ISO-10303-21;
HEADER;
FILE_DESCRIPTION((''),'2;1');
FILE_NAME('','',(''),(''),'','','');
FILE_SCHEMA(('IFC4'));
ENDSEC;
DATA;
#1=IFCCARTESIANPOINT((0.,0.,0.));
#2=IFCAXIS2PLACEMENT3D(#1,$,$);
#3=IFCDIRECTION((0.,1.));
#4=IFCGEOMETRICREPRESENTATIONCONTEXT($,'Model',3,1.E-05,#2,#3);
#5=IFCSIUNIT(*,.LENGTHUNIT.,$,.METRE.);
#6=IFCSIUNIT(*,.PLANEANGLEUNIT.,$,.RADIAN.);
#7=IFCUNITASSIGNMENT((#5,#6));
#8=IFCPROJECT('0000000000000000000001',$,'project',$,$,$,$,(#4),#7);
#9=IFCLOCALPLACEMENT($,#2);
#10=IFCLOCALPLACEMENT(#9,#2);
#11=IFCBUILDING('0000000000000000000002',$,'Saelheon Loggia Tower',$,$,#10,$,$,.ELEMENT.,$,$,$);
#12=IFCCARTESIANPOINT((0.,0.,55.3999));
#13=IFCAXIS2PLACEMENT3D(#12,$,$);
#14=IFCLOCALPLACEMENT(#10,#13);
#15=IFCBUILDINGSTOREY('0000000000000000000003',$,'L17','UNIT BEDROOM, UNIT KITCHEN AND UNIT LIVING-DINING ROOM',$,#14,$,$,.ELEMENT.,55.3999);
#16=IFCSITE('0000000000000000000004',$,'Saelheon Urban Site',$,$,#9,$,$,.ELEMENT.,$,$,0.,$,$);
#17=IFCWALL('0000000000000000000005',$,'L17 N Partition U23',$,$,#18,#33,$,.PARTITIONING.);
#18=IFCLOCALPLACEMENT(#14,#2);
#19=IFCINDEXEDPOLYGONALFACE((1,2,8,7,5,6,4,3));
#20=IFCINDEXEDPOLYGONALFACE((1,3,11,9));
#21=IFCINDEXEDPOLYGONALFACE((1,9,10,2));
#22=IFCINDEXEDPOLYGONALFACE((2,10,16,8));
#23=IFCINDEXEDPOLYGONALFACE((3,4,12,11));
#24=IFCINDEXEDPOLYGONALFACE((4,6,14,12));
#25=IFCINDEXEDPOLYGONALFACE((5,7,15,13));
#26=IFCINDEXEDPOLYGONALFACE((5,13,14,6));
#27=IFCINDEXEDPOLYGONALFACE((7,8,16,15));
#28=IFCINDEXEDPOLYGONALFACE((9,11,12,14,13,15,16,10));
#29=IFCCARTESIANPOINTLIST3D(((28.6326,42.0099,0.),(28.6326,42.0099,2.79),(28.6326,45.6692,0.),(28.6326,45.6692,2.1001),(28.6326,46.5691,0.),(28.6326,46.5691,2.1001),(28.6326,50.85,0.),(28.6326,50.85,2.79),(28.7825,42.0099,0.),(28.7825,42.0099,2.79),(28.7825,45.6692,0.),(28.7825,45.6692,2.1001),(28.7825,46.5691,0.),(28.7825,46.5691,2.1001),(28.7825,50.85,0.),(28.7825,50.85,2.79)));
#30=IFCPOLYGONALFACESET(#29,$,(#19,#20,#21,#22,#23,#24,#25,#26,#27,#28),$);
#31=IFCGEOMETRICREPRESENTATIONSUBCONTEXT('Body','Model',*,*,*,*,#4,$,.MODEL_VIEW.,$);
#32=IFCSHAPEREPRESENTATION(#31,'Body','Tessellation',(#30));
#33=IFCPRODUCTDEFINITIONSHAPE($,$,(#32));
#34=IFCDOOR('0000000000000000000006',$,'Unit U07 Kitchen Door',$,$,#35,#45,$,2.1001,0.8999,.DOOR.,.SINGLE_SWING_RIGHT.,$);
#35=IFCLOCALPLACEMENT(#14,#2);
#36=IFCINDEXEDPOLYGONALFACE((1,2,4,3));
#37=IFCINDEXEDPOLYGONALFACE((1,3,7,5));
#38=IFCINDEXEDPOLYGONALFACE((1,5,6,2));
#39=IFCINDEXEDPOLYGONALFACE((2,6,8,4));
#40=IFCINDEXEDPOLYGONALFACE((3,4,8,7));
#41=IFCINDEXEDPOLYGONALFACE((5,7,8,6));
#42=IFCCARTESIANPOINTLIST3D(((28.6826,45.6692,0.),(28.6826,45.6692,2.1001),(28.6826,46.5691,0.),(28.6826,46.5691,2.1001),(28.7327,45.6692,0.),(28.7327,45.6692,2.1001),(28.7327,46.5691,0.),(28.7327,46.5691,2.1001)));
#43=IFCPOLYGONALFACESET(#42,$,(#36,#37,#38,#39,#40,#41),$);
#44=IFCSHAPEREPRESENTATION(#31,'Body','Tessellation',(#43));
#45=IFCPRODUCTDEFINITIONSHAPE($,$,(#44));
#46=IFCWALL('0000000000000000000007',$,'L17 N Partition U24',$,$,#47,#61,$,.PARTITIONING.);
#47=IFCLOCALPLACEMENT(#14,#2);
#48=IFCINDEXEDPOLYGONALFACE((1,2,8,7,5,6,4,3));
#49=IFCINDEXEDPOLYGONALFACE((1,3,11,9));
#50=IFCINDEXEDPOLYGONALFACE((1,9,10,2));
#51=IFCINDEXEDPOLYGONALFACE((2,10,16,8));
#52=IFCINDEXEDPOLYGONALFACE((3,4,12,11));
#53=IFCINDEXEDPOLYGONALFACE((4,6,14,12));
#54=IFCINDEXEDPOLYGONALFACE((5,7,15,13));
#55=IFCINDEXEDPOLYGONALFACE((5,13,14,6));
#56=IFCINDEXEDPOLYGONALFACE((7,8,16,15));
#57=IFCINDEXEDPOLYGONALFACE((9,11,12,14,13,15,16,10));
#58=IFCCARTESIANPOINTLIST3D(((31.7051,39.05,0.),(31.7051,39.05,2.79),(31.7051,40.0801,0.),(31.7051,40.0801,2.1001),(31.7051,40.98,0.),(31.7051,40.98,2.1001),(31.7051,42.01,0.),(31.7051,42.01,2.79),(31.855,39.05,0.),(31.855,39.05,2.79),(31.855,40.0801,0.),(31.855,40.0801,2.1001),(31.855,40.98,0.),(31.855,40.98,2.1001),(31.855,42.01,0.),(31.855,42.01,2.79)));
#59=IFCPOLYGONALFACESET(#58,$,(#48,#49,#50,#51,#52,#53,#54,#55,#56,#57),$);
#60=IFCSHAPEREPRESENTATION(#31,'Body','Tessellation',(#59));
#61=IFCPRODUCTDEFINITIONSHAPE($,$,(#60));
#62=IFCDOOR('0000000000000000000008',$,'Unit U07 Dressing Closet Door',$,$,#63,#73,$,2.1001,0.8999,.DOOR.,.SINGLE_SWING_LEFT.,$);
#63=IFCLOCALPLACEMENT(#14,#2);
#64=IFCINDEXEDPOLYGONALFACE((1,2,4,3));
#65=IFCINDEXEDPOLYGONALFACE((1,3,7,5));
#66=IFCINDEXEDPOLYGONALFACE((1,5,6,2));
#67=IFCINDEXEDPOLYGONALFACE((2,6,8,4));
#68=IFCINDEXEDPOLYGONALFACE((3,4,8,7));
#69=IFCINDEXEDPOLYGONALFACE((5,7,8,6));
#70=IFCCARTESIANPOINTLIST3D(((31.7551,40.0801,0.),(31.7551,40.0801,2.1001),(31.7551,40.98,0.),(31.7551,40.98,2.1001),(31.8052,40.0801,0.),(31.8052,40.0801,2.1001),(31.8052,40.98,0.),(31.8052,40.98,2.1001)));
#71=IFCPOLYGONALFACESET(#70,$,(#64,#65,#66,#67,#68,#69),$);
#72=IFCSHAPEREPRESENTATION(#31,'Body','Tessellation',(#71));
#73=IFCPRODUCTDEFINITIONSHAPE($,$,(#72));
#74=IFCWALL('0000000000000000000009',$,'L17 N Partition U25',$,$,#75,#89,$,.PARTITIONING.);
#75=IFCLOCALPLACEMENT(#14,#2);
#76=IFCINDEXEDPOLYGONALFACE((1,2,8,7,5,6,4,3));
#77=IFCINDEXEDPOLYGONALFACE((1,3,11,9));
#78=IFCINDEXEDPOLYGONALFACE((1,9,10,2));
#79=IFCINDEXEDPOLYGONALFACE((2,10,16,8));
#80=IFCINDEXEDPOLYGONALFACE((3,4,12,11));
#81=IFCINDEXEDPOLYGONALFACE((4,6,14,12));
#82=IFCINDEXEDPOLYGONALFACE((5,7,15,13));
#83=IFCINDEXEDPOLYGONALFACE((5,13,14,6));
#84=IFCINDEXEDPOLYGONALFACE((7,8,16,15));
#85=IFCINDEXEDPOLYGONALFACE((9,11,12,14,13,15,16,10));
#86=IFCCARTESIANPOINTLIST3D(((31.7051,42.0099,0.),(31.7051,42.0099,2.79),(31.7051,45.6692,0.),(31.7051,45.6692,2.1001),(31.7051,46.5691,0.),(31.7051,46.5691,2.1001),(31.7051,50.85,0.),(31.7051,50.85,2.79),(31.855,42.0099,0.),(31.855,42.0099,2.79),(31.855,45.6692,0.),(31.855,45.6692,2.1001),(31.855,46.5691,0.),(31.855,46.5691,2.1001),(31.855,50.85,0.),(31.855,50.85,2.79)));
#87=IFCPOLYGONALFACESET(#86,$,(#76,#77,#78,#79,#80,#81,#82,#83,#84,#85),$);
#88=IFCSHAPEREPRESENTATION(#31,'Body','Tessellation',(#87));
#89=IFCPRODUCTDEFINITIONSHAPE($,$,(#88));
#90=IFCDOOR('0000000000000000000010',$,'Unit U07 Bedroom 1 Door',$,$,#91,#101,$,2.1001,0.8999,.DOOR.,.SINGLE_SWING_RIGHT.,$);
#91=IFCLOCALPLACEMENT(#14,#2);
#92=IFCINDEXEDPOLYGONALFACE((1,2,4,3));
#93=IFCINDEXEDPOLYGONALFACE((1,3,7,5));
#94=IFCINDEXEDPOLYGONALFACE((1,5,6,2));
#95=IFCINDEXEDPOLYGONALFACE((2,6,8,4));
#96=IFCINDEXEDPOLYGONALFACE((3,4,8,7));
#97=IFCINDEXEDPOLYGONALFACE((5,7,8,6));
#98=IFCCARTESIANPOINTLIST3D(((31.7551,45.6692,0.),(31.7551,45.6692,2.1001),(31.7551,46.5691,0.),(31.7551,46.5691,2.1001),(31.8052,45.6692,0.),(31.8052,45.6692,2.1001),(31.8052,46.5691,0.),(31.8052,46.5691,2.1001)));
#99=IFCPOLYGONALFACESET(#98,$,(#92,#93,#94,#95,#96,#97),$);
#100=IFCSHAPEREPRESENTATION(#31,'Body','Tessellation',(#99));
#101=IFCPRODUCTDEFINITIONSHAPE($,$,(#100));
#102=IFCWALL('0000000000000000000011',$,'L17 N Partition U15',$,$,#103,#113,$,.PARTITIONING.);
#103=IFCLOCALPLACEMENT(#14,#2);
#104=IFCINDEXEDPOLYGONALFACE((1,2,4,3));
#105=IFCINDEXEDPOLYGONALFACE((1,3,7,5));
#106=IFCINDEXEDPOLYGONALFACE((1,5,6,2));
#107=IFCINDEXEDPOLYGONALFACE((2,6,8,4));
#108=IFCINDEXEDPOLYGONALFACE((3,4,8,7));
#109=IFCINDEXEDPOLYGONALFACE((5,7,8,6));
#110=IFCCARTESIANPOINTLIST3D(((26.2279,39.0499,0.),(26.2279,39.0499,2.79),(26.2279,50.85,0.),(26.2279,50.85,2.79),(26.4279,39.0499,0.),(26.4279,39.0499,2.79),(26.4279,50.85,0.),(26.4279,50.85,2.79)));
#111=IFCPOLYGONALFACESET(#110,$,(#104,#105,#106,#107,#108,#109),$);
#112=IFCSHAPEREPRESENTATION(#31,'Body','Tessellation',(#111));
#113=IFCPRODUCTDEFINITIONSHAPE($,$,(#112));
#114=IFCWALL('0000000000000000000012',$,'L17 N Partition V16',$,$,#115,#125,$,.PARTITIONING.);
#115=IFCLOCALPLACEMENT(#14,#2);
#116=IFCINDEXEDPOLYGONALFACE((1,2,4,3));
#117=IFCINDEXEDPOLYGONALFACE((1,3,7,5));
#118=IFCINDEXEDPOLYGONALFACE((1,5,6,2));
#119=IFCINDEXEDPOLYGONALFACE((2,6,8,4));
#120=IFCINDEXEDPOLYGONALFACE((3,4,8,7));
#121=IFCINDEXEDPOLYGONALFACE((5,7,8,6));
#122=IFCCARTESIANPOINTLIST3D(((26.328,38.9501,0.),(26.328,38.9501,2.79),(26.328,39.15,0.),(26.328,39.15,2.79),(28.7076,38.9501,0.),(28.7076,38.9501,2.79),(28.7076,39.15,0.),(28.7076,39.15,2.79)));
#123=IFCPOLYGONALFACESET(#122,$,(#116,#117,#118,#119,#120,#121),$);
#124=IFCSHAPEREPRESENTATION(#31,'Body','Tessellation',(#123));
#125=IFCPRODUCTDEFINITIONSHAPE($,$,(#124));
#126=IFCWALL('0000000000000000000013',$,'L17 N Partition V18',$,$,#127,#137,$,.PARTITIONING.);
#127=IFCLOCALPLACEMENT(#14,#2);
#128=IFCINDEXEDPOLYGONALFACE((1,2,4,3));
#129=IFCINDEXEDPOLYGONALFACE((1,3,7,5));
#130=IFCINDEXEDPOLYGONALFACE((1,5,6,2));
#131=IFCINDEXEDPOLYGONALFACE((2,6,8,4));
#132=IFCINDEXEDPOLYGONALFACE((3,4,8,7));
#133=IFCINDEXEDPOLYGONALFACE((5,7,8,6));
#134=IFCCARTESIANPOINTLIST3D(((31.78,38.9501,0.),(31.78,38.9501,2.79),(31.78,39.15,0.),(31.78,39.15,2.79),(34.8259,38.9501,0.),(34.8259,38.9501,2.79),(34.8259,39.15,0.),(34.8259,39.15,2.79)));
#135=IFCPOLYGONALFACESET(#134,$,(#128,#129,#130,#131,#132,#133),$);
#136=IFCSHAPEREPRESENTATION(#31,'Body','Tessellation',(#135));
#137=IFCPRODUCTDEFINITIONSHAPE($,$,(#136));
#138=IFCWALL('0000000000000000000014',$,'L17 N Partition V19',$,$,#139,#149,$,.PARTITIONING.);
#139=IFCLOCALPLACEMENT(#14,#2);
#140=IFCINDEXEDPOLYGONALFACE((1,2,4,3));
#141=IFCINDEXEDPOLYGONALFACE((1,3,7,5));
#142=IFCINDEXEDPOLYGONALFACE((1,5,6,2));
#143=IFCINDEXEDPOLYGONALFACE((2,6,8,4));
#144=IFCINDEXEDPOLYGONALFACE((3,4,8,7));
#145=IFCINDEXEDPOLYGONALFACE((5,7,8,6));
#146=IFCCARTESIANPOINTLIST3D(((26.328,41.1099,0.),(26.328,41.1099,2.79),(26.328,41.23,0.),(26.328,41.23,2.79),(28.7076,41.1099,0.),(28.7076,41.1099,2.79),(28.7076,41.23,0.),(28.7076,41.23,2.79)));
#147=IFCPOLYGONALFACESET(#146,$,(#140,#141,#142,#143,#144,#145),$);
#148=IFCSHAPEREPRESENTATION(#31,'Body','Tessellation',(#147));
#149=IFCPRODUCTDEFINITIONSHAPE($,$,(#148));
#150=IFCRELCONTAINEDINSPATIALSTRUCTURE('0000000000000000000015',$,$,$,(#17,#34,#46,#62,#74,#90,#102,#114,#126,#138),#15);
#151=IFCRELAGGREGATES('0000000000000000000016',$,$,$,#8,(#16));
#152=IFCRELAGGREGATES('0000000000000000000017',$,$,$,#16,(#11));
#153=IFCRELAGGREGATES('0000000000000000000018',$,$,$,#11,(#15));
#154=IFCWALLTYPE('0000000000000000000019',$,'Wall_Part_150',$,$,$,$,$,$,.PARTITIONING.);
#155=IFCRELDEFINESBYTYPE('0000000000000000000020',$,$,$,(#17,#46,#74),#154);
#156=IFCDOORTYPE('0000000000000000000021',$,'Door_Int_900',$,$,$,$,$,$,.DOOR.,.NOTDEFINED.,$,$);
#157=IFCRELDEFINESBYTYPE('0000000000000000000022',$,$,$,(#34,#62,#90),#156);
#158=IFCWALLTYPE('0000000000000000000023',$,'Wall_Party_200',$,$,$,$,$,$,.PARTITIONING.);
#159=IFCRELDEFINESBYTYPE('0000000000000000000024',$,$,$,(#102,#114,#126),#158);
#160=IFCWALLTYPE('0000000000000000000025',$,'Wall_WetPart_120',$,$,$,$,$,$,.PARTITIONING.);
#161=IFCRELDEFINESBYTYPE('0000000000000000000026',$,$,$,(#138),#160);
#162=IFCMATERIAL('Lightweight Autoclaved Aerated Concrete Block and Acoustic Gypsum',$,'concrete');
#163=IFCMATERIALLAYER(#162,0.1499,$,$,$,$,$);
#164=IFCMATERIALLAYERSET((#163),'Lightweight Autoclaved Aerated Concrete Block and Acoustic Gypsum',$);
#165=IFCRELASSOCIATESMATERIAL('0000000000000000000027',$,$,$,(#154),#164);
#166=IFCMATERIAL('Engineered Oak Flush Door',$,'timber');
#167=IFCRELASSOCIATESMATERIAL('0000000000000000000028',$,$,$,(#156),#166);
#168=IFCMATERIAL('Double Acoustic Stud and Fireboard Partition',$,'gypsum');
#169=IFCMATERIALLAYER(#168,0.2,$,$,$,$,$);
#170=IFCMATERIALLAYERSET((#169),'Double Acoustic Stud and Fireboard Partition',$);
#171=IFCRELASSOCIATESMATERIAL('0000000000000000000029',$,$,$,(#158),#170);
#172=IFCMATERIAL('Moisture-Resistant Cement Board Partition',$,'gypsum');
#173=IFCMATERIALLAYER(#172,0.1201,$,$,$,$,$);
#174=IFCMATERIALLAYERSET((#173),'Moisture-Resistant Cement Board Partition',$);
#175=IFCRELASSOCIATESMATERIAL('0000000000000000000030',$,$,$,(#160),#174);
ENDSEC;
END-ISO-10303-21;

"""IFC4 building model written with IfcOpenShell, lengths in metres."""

from ifc_helpers import new_model, si_unit, direction, frame, frame_2d, origin, place, context, subcontext, project, spatial, rectangle, extrude, source, transform, mapped, material, layer, layer_set, type_object, element, fill, save


model = new_model("IFC4")

# Units and contexts
model_context = context("Model", 3, precision=1e-05, world=origin(), true_north=direction((0.0, 1.0)))
body_context = subcontext(model_context, "Body", "Model", "MODEL_VIEW")
ifc_project = project(units=[si_unit("LENGTHUNIT", "METRE"), si_unit("PLANEANGLEUNIT", "RADIAN")], contexts=[model_context])

# Site, building, storey
site_placement = place(None, origin())
site = spatial("IfcSite", under=ifc_project, at=site_placement, Name="Saelheon Urban Site", CompositionType="ELEMENT", RefElevation=0.0)
building_placement = place(site_placement, origin())
building = spatial("IfcBuilding", under=site, at=building_placement, Name="Saelheon Loggia Tower", CompositionType="ELEMENT")
storey_placement = place(building_placement, frame((0.0, 0.0, 55.3999)))
storey = spatial("IfcBuildingStorey", under=building, at=storey_placement, Name="L17", Description="UNIT BEDROOM, UNIT KITCHEN AND UNIT LIVING-DINING ROOM", CompositionType="ELEMENT", Elevation=55.3999)

# Shared definitions
ifc_material_1 = material(Name="Lightweight Autoclaved Aerated Concrete Block and Acoustic Gypsum", Category="concrete")
ifc_layer_1 = layer(ifc_material_1, 0.1499)
ifc_layer_set_1 = layer_set([ifc_layer_1], Name="Lightweight Autoclaved Aerated Concrete Block and Acoustic Gypsum")
wall_type_1 = type_object("IfcWallType", Name="Wall_Part_150", PredefinedType="PARTITIONING", material=ifc_layer_set_1)

# Shared definitions
ifc_material_2 = material(Name="Engineered Oak Flush Door", Category="timber")
door_type_1 = type_object("IfcDoorType", Name="Door_Int_900", OperationType="NOTDEFINED", PredefinedType="DOOR", material=ifc_material_2)
shared_shape_1 = source(origin(), body_context, "Body", "SweptSolid", [
    extrude(rectangle(XDim=0.8999, YDim=2.1001, at=frame_2d((0.45, 1.05))), frame((0.0, 0.0249, 0.0), z_axis=(0.0, -1.0, 0.0), x_axis=(1.0, 0.0, 0.0)), (0.0, 0.0, 1.0), 0.05),
])

# Walls, openings, doors
wall_1_placement = place(storey_placement, frame((28.7075, 42.01, 0.0), z_axis=(0.0, 0.0, 1.0), x_axis=(0.0, 1.0, 0.0)))
wall_1 = element("IfcWall", 1, at=wall_1_placement, inside=storey, type_object=wall_type_1, Name="L17 N Partition U23", PredefinedType="PARTITIONING", context=body_context, shape_type="SweptSolid", body=[
    extrude(rectangle(XDim=8.8401, YDim=0.1499, at=frame_2d((4.4199, 0.0))), origin(), (0.0, 0.0, 1.0), 2.79),
])
opening_1_placement = place(wall_1_placement, frame((3.6592, 0.0, 0.0)))
opening_1 = element("IfcOpeningElement", 2, at=opening_1_placement, cuts=wall_1, PredefinedType="OPENING", context=body_context, shape_type="SweptSolid", body=[
    extrude(rectangle(XDim=0.8999, YDim=2.1001, at=frame_2d((0.45, 1.05))), frame((0.0, 0.0869, 0.0), z_axis=(0.0, -1.0, 0.0), x_axis=(1.0, 0.0, 0.0)), (0.0, 0.0, 1.0), 0.1738),
])
door_1_placement = place(opening_1_placement, origin())
door_1 = element("IfcDoor", 3, at=door_1_placement, inside=storey, type_object=door_type_1, Name="Unit U07 Kitchen Door", OperationType="SINGLE_SWING_RIGHT", OverallHeight=2.1001, OverallWidth=0.8999, PredefinedType="DOOR", context=body_context, shape_type="MappedRepresentation", body=[
    mapped(shared_shape_1, transform((0.0, 0.0, 0.0), scale=1.0)),
])
fill(opening_1, door_1)
wall_2_placement = place(storey_placement, frame((31.78, 39.05, 0.0), z_axis=(0.0, 0.0, 1.0), x_axis=(0.0, 1.0, 0.0)))
wall_2 = element("IfcWall", 4, at=wall_2_placement, inside=storey, type_object=wall_type_1, Name="L17 N Partition U24", PredefinedType="PARTITIONING", context=body_context, shape_type="SweptSolid", body=[
    extrude(rectangle(XDim=2.96, YDim=0.1499, at=frame_2d((1.48, 0.0))), origin(), (0.0, 0.0, 1.0), 2.79),
])
opening_2_placement = place(wall_2_placement, frame((1.03, 0.0, 0.0)))
opening_2 = element("IfcOpeningElement", 5, at=opening_2_placement, cuts=wall_2, PredefinedType="OPENING", context=body_context, shape_type="SweptSolid", body=[
    extrude(rectangle(XDim=0.8999, YDim=2.1001, at=frame_2d((0.45, 1.05))), frame((0.0, 0.0869, 0.0), z_axis=(0.0, -1.0, 0.0), x_axis=(1.0, 0.0, 0.0)), (0.0, 0.0, 1.0), 0.1738),
])
door_2_placement = place(opening_2_placement, origin())
door_2 = element("IfcDoor", 6, at=door_2_placement, inside=storey, type_object=door_type_1, Name="Unit U07 Dressing Closet Door", OperationType="SINGLE_SWING_LEFT", OverallHeight=2.1001, OverallWidth=0.8999, PredefinedType="DOOR", context=body_context, shape_type="MappedRepresentation", body=[
    mapped(shared_shape_1, transform((0.0, 0.0, 0.0), scale=1.0)),
])
fill(opening_2, door_2)
wall_3_placement = place(storey_placement, frame((31.78, 42.01, 0.0), z_axis=(0.0, 0.0, 1.0), x_axis=(0.0, 1.0, 0.0)))
wall_3 = element("IfcWall", 7, at=wall_3_placement, inside=storey, type_object=wall_type_1, Name="L17 N Partition U25", PredefinedType="PARTITIONING", context=body_context, shape_type="SweptSolid", body=[
    extrude(rectangle(XDim=8.8401, YDim=0.1499, at=frame_2d((4.4199, 0.0))), origin(), (0.0, 0.0, 1.0), 2.79),
])
opening_3_placement = place(wall_3_placement, frame((3.6592, 0.0, 0.0)))
opening_3 = element("IfcOpeningElement", 8, at=opening_3_placement, cuts=wall_3, PredefinedType="OPENING", context=body_context, shape_type="SweptSolid", body=[
    extrude(rectangle(XDim=0.8999, YDim=2.1001, at=frame_2d((0.45, 1.05))), frame((0.0, 0.0869, 0.0), z_axis=(0.0, -1.0, 0.0), x_axis=(1.0, 0.0, 0.0)), (0.0, 0.0, 1.0), 0.1738),
])
door_3_placement = place(opening_3_placement, origin())
door_3 = element("IfcDoor", 9, at=door_3_placement, inside=storey, type_object=door_type_1, Name="Unit U07 Bedroom 1 Door", OperationType="SINGLE_SWING_RIGHT", OverallHeight=2.1001, OverallWidth=0.8999, PredefinedType="DOOR", context=body_context, shape_type="MappedRepresentation", body=[
    mapped(shared_shape_1, transform((0.0, 0.0, 0.0), scale=1.0)),
])
fill(opening_3, door_3)

# Walls
ifc_material_3 = material(Name="Double Acoustic Stud and Fireboard Partition", Category="gypsum")
ifc_layer_2 = layer(ifc_material_3, 0.2)
ifc_layer_set_2 = layer_set([ifc_layer_2], Name="Double Acoustic Stud and Fireboard Partition")
wall_type_2 = type_object("IfcWallType", Name="Wall_Party_200", PredefinedType="PARTITIONING", material=ifc_layer_set_2)
wall_4_placement = place(storey_placement, frame((26.3279, 39.05, 0.0), z_axis=(0.0, 0.0, 1.0), x_axis=(0.0, 1.0, 0.0)))
element("IfcWall", 10, at=wall_4_placement, inside=storey, type_object=wall_type_2, Name="L17 N Partition U15", PredefinedType="PARTITIONING", context=body_context, shape_type="SweptSolid", body=[
    extrude(rectangle(XDim=11.8, YDim=0.2, at=frame_2d((5.8999, 0.0))), origin(), (0.0, 0.0, 1.0), 2.79),
])
wall_5_placement = place(storey_placement, frame((26.3279, 39.05, 0.0), z_axis=(0.0, 0.0, 1.0), x_axis=(1.0, 0.0, 0.0)))
element("IfcWall", 11, at=wall_5_placement, inside=storey, type_object=wall_type_2, Name="L17 N Partition V16", PredefinedType="PARTITIONING", context=body_context, shape_type="SweptSolid", body=[
    extrude(rectangle(XDim=2.3796, YDim=0.2, at=frame_2d((1.1899, 0.0))), origin(), (0.0, 0.0, 1.0), 2.79),
])

# Walls
wall_6_placement = place(storey_placement, frame((31.78, 39.05, 0.0), z_axis=(0.0, 0.0, 1.0), x_axis=(1.0, 0.0, 0.0)))
element("IfcWall", 12, at=wall_6_placement, inside=storey, type_object=wall_type_2, Name="L17 N Partition V18", PredefinedType="PARTITIONING", context=body_context, shape_type="SweptSolid", body=[
    extrude(rectangle(XDim=3.0459, YDim=0.2, at=frame_2d((1.5229, 0.0))), origin(), (0.0, 0.0, 1.0), 2.79),
])
ifc_material_4 = material(Name="Moisture-Resistant Cement Board Partition", Category="gypsum")
ifc_layer_3 = layer(ifc_material_4, 0.1201)
ifc_layer_set_3 = layer_set([ifc_layer_3], Name="Moisture-Resistant Cement Board Partition")
wall_type_3 = type_object("IfcWallType", Name="Wall_WetPart_120", PredefinedType="PARTITIONING", material=ifc_layer_set_3)
wall_7_placement = place(storey_placement, frame((26.3279, 41.1699, 0.0), z_axis=(0.0, 0.0, 1.0), x_axis=(1.0, 0.0, 0.0)))
element("IfcWall", 13, at=wall_7_placement, inside=storey, type_object=wall_type_3, Name="L17 N Partition V19", PredefinedType="PARTITIONING", context=body_context, shape_type="SweptSolid", body=[
    extrude(rectangle(XDim=2.3796, YDim=0.1201, at=frame_2d((1.1899, 0.0))), origin(), (0.0, 0.0, 1.0), 2.79),
])

save(model, "model.ifc")
